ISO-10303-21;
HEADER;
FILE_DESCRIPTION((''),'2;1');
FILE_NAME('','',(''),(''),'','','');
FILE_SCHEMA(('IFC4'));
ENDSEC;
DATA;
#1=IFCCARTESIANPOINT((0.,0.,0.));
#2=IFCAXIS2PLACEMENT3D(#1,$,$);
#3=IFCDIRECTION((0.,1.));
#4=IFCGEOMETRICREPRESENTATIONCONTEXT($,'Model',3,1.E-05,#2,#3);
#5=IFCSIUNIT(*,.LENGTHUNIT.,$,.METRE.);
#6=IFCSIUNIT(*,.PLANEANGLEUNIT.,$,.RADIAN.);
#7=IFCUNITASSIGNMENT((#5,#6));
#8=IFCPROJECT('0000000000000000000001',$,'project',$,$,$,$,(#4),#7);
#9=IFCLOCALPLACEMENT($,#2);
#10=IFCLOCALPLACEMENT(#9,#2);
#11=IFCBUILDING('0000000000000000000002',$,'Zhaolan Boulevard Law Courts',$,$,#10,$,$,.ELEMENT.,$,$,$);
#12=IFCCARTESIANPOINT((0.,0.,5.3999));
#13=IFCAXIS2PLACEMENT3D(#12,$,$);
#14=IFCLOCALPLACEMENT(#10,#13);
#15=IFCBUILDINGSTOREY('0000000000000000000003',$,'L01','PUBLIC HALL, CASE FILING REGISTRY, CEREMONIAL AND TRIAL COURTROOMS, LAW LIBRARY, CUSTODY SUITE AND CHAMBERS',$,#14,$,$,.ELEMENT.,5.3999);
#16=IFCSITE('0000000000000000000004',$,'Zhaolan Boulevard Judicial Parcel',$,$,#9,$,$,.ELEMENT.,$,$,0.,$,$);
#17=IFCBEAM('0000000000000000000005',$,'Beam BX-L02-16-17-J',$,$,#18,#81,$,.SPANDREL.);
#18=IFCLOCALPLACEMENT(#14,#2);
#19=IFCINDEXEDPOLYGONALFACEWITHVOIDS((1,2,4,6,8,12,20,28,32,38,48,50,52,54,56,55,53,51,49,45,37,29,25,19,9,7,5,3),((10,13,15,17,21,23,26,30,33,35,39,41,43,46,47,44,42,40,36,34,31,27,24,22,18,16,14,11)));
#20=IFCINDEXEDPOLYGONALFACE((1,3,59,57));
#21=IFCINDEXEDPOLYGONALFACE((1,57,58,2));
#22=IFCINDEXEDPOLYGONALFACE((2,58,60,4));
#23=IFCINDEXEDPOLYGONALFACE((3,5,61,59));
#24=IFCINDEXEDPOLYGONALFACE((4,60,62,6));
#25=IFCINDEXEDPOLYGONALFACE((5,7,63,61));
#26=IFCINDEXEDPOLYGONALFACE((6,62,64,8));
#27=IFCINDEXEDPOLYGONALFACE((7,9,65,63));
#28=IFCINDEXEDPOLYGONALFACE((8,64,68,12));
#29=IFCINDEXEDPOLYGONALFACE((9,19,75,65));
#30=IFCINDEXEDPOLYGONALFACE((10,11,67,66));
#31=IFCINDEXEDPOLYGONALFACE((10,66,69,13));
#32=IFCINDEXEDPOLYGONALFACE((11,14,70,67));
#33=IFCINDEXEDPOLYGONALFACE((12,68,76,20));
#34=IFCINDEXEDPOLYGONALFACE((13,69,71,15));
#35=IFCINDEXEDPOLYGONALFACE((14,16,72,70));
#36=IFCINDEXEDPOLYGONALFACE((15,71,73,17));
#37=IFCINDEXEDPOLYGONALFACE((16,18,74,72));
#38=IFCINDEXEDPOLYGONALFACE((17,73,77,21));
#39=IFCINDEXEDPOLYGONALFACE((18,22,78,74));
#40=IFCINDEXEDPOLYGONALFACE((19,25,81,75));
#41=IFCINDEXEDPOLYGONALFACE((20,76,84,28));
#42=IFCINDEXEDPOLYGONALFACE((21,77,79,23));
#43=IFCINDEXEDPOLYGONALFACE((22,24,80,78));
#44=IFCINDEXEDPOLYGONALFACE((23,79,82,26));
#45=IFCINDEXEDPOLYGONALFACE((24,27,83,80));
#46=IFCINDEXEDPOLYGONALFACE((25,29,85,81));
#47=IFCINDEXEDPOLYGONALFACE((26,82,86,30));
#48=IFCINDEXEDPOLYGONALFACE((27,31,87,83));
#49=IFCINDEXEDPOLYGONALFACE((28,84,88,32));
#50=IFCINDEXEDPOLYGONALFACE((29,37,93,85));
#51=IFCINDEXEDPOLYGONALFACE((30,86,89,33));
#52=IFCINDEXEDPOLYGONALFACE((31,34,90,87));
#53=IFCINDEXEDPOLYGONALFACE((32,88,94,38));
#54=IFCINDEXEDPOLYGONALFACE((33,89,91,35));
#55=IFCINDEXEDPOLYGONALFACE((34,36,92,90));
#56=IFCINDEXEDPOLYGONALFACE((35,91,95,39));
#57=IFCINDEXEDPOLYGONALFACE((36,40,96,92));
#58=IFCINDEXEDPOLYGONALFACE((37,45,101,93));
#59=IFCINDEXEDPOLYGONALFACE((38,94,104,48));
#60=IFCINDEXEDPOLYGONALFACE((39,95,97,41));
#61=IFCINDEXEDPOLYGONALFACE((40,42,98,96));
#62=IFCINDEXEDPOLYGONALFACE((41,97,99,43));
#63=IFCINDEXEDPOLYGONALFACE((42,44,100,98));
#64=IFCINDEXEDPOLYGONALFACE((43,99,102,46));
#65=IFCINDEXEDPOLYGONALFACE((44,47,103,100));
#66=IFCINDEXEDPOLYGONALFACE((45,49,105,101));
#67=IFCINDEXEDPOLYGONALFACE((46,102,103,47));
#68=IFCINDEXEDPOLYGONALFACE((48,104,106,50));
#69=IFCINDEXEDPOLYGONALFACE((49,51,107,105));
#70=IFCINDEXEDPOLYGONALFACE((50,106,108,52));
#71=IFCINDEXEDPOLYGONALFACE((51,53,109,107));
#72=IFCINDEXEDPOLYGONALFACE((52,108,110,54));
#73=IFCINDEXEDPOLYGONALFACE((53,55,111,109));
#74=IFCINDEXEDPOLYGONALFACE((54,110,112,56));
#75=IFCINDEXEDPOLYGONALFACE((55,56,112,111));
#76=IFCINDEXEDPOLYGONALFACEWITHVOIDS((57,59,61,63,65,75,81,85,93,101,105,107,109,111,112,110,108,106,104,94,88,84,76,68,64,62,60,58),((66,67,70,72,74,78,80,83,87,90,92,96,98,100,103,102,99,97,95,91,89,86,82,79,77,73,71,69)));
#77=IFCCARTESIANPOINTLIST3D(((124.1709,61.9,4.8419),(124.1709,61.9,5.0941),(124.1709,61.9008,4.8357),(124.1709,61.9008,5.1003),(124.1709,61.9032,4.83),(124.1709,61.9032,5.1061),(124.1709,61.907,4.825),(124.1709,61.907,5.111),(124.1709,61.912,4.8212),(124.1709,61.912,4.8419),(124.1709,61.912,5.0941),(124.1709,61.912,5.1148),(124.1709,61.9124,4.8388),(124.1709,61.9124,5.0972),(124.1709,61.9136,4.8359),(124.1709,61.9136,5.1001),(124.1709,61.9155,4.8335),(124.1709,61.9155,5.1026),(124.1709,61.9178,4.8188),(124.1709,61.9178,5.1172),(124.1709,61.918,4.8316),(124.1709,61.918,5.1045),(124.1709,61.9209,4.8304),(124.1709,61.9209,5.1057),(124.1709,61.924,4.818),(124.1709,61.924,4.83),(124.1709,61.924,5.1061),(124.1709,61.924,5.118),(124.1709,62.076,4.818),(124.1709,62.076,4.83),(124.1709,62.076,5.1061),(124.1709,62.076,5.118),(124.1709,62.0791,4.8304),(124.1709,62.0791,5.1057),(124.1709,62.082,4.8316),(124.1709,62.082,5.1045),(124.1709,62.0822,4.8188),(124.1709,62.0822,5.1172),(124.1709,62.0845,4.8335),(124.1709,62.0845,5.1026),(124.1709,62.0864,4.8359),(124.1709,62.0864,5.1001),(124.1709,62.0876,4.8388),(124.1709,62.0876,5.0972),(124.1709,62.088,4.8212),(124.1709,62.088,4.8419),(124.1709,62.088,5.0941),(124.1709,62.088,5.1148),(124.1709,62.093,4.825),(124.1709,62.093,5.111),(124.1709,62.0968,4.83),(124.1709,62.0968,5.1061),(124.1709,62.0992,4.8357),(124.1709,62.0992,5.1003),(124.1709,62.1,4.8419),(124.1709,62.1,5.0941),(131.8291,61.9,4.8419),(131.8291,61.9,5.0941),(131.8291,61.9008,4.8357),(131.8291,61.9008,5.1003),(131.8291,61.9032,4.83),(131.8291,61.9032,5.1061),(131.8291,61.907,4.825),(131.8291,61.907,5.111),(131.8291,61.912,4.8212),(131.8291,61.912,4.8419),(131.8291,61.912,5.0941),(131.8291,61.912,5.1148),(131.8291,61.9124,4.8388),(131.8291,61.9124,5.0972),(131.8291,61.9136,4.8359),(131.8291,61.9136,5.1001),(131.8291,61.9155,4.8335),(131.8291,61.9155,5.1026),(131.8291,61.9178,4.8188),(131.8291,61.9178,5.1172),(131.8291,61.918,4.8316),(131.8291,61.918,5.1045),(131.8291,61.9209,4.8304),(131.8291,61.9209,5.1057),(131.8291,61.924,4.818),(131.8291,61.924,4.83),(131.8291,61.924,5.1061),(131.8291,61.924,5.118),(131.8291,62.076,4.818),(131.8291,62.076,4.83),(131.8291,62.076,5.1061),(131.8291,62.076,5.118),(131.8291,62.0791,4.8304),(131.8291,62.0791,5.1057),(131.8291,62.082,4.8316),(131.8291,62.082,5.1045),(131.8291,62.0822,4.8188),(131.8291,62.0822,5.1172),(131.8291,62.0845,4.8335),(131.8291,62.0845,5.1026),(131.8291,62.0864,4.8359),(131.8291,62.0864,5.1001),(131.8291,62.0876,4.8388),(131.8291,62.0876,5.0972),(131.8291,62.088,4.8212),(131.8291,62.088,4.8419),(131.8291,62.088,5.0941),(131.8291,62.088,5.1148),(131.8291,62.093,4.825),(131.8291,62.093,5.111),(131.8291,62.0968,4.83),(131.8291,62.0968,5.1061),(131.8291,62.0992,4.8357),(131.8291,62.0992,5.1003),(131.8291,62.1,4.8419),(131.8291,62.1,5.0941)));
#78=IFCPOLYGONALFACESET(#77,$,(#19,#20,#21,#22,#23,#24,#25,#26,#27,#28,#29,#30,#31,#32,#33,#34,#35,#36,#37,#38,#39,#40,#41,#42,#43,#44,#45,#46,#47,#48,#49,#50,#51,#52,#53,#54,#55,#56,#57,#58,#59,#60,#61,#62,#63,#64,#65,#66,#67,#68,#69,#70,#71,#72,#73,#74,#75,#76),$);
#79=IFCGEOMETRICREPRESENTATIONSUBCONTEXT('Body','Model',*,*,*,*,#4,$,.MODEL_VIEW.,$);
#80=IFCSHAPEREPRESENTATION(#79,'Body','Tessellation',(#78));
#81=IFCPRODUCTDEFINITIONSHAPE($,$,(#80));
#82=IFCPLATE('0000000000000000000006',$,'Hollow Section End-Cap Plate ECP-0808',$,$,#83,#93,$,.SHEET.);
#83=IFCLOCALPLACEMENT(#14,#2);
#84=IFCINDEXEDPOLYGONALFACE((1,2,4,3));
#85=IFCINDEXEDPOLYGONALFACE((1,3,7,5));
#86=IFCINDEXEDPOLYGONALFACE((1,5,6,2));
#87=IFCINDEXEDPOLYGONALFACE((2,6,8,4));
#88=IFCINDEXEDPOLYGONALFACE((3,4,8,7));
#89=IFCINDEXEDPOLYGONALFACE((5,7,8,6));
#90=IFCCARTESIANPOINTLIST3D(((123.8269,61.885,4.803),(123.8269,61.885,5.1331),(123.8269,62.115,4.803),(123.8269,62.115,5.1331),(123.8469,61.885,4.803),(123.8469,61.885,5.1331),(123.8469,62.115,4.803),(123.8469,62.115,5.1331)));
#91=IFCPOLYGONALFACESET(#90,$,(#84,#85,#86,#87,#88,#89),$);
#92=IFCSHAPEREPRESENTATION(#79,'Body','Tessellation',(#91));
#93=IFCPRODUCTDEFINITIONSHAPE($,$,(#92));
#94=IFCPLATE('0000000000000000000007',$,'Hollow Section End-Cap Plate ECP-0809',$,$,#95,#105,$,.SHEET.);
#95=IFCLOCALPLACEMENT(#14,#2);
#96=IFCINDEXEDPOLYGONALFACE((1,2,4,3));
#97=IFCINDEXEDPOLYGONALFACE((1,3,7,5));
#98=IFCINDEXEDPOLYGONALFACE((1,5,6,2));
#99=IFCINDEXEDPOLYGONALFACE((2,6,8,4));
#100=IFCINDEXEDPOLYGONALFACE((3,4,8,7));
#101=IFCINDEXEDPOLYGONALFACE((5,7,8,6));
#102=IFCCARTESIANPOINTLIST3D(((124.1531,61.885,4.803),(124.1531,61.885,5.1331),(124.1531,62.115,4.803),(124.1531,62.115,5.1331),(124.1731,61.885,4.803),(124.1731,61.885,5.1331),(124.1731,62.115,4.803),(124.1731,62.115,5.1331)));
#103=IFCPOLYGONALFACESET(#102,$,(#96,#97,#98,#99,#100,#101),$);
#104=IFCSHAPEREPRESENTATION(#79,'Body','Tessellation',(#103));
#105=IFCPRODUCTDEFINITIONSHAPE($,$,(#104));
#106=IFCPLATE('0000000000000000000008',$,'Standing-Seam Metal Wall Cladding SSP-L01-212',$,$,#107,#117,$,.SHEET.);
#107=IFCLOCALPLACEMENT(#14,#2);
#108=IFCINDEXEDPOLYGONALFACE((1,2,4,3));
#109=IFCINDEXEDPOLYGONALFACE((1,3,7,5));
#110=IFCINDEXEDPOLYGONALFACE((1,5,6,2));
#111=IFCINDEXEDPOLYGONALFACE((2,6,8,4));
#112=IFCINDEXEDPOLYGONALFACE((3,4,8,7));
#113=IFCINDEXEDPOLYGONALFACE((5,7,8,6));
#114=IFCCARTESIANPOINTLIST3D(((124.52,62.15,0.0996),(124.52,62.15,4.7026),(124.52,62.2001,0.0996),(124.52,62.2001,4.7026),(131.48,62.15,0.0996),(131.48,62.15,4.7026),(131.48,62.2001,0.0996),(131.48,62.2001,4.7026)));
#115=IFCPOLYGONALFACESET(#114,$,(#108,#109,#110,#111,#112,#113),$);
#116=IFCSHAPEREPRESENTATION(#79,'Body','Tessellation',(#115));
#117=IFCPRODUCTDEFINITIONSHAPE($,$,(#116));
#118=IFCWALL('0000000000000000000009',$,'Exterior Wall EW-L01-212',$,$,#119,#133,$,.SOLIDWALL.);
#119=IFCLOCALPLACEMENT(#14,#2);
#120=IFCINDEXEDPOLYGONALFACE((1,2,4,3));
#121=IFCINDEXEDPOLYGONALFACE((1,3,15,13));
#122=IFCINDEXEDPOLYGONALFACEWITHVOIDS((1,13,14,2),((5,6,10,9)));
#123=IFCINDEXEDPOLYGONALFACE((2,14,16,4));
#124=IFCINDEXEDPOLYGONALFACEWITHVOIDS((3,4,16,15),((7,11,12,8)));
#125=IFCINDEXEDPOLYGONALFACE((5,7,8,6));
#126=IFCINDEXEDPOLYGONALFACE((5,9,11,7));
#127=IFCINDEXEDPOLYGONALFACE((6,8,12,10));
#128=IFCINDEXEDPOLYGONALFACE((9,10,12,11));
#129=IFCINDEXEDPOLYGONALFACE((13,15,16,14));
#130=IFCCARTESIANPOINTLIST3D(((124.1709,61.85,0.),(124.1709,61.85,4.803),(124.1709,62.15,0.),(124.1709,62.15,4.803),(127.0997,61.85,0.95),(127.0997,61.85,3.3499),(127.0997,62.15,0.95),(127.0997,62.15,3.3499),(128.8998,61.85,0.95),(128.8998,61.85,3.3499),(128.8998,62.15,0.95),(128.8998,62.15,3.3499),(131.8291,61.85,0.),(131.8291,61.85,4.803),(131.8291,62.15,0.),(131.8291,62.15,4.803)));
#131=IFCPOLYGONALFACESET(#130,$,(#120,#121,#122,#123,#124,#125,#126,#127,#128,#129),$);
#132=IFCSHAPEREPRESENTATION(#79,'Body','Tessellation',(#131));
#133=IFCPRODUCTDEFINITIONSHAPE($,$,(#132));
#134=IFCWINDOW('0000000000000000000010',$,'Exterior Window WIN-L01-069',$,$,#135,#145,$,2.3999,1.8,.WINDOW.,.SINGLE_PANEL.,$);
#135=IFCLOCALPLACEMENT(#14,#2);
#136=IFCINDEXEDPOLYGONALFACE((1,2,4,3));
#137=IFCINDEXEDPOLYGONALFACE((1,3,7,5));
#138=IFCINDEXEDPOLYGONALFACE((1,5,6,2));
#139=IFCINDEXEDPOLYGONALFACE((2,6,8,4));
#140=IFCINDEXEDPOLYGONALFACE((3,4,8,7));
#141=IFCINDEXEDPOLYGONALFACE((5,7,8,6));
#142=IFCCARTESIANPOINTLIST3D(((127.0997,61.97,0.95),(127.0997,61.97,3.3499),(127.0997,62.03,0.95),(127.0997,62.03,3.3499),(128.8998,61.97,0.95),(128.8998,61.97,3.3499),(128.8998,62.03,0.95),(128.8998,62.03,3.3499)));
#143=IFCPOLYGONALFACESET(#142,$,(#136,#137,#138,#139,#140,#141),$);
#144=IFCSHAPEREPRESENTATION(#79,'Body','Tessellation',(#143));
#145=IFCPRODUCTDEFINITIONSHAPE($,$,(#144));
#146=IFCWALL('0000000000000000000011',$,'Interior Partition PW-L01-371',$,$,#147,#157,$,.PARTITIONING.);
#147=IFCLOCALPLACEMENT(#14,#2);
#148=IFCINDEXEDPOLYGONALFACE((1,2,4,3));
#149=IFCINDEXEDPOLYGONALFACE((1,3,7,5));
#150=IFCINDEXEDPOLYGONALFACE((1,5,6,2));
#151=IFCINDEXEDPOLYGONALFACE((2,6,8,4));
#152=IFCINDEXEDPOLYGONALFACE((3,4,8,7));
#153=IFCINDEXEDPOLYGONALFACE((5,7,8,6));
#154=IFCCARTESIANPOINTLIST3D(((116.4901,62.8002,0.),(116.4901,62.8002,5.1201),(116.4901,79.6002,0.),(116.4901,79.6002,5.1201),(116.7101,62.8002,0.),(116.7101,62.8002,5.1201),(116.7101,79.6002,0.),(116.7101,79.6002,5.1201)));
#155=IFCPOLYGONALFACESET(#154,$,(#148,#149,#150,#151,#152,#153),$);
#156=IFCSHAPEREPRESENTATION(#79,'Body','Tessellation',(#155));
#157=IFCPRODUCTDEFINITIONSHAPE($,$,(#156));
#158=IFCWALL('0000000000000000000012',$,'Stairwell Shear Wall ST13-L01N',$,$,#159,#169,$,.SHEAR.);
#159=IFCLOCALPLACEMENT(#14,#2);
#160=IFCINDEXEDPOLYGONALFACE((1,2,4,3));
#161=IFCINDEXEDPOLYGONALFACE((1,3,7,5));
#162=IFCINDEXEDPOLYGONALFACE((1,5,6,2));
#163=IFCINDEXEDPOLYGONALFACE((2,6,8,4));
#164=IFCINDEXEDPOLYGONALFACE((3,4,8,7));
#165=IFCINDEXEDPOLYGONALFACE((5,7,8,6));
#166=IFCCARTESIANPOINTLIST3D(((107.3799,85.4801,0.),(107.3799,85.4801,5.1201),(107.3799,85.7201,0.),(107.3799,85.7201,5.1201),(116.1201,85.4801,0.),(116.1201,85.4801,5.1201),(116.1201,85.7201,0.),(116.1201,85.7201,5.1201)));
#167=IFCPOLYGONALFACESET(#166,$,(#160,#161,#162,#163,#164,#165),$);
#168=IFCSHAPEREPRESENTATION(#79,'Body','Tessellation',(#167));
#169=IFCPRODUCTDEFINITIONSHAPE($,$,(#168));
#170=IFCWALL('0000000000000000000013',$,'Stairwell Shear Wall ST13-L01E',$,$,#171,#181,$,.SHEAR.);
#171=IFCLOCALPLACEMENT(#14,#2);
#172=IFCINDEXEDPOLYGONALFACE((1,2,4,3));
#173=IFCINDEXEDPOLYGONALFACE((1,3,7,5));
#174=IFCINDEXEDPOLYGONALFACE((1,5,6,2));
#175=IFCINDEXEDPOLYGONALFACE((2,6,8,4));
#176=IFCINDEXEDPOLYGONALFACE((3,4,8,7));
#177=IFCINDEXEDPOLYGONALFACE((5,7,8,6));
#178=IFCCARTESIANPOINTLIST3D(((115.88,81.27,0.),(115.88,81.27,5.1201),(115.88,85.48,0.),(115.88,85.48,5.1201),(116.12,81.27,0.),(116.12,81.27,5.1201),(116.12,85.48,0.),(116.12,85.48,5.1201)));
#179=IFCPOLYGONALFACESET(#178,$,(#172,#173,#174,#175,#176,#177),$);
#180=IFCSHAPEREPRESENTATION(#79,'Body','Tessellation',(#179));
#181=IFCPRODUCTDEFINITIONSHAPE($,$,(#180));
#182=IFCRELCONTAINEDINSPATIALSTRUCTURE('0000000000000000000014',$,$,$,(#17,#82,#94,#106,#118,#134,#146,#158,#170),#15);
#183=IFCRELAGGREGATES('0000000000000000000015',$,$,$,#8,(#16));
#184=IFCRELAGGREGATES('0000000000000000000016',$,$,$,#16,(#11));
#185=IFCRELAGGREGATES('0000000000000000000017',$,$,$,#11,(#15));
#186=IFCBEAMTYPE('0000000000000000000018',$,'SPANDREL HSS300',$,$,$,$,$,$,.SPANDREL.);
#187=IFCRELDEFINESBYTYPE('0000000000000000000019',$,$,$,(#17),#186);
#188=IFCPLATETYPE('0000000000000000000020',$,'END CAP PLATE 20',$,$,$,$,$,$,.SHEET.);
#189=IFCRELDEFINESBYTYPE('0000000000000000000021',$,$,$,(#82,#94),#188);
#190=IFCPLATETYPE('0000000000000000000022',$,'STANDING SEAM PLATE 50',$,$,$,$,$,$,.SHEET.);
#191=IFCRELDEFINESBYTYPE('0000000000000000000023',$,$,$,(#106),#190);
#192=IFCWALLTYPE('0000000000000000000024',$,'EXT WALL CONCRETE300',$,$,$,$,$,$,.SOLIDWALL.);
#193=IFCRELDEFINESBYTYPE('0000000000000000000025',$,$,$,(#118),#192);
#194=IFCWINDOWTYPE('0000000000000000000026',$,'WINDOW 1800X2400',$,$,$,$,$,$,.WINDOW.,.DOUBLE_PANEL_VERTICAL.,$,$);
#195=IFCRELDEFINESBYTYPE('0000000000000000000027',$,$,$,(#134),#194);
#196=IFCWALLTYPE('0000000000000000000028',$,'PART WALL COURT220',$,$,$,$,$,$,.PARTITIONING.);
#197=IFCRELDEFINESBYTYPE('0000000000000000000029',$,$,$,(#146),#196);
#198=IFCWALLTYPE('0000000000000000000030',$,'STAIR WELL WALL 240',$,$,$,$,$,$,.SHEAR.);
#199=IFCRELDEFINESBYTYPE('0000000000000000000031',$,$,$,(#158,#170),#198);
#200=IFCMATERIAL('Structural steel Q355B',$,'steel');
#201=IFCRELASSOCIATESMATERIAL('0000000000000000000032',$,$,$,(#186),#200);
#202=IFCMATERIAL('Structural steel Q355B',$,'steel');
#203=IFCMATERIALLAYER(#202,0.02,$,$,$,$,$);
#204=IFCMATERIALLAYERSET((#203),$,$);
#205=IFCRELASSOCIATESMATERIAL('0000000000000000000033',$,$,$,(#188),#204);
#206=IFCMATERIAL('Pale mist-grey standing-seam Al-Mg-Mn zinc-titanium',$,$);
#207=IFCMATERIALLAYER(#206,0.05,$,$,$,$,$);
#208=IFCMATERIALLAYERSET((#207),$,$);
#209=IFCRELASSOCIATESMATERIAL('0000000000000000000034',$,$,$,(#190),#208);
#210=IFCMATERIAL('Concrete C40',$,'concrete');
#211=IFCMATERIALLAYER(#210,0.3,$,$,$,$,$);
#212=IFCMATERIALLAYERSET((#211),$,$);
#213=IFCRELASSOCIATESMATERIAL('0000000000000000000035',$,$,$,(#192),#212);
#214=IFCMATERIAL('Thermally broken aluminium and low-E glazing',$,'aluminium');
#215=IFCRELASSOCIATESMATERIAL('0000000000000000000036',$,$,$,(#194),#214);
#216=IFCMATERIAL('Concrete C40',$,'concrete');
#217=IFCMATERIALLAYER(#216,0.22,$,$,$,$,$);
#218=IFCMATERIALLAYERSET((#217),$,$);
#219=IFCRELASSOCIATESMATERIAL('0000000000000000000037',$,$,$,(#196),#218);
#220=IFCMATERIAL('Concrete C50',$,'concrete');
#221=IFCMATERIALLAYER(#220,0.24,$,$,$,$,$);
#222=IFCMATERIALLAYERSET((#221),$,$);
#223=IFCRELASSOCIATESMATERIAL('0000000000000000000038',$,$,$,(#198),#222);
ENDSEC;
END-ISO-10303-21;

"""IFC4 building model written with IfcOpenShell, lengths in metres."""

from ifc_helpers import new_model, si_unit, direction, frame, frame_2d, origin, origin_2d, place, context, subcontext, project, spatial, rectangle, hollow_rectangle, extrude, material, layer, layer_set, material_profile, profile_set, type_object, element, fill, save


model = new_model("IFC4")

# Units and contexts
model_context = context("Model", 3, precision=1e-05, world=origin(), true_north=direction((0.0, 1.0)))
body_context = subcontext(model_context, "Body", "Model", "MODEL_VIEW")
ifc_project = project(units=[si_unit("LENGTHUNIT", "METRE"), si_unit("PLANEANGLEUNIT", "RADIAN")], contexts=[model_context])

# Site, building, storey
site_placement = place(None, origin())
site = spatial("IfcSite", under=ifc_project, at=site_placement, Name="Zhaolan Boulevard Judicial Parcel", CompositionType="ELEMENT", RefElevation=0.0)
building_placement = place(site_placement, origin())
building = spatial("IfcBuilding", under=site, at=building_placement, Name="Zhaolan Boulevard Law Courts", CompositionType="ELEMENT")
storey_placement = place(building_placement, frame((0.0, 0.0, 5.3999)))
storey = spatial("IfcBuildingStorey", under=building, at=storey_placement, Name="L01", Description="PUBLIC HALL, CASE FILING REGISTRY, CEREMONIAL AND TRIAL COURTROOMS, LAW LIBRARY, CUSTODY SUITE AND CHAMBERS", CompositionType="ELEMENT", Elevation=5.3999)

# Beam
ifc_material_1 = material(Name="Structural steel Q355B", Category="steel")
ifc_material_profile_1 = material_profile(ifc_material_1, hollow_rectangle(XDim=0.2, YDim=0.3, WallThickness=0.012, InnerFilletRadius=0.012, OuterFilletRadius=0.0239, at=origin_2d()), Name="HSS300x200x12")
ifc_profile_set_1 = profile_set([ifc_material_profile_1], Name="Structural steel Q355B")
beam_type_1 = type_object("IfcBeamType", Name="SPANDREL HSS300", PredefinedType="SPANDREL", material=ifc_profile_set_1)
beam_1_placement = place(storey_placement, frame((124.1709, 62.0, 4.968), z_axis=(1.0, 0.0, 0.0), x_axis=(0.0, 1.0, 0.0)))
element("IfcBeam", 1, at=beam_1_placement, inside=storey, type_object=beam_type_1, Name="Beam BX-L02-16-17-J", PredefinedType="SPANDREL", context=body_context, shape_type="SweptSolid", body=[
    extrude(hollow_rectangle(XDim=0.2, YDim=0.3, WallThickness=0.012, InnerFilletRadius=0.012, OuterFilletRadius=0.0239, at=origin_2d()), origin(), (0.0, 0.0, 1.0), 7.6582),
])

# Plates
ifc_material_2 = material(Name="Structural steel Q355B", Category="steel")
ifc_layer_1 = layer(ifc_material_2, 0.02)
ifc_layer_set_1 = layer_set([ifc_layer_1])
plate_type_1 = type_object("IfcPlateType", Name="END CAP PLATE 20", PredefinedType="SHEET", material=ifc_layer_set_1)
for number, where, z_axis, x_axis, name in (
    (2, (123.8369, 62.0, 4.803), (0.0, 0.0, 1.0), (1.0, 0.0, 0.0), "Hollow Section End-Cap Plate ECP-0808"),
    (3, (124.1631, 62.0, 4.803), (0.0, 0.0, 1.0), (1.0, 0.0, 0.0), "Hollow Section End-Cap Plate ECP-0809"),
):
    element("IfcPlate", number, at=place(storey_placement, frame(where, z_axis=z_axis, x_axis=x_axis)), inside=storey, type_object=plate_type_1, Name=name, PredefinedType="SHEET", context=body_context, shape_type="SweptSolid", body=[
        extrude(rectangle(XDim=0.02, YDim=0.23, at=origin_2d()), origin(), (0.0, 0.0, 1.0), 0.3301),
    ])
ifc_material_3 = material(Name="Pale mist-grey standing-seam Al-Mg-Mn zinc-titanium")
ifc_layer_2 = layer(ifc_material_3, 0.05)
ifc_layer_set_2 = layer_set([ifc_layer_2])
plate_type_2 = type_object("IfcPlateType", Name="STANDING SEAM PLATE 50", PredefinedType="SHEET", material=ifc_layer_set_2)
plate_placement = place(storey_placement, frame((128.0, 62.175, 0.0996), z_axis=(0.0, 0.0, 1.0), x_axis=(1.0, 0.0, 0.0)))
element("IfcPlate", 4, at=plate_placement, inside=storey, type_object=plate_type_2, Name="Standing-Seam Metal Wall Cladding SSP-L01-212", PredefinedType="SHEET", context=body_context, shape_type="SweptSolid", body=[
    extrude(rectangle(XDim=6.96, YDim=0.05, at=origin_2d()), origin(), (0.0, 0.0, 1.0), 4.603),
])

# Wall, opening, window
ifc_material_4 = material(Name="Concrete C40", Category="concrete")
ifc_layer_3 = layer(ifc_material_4, 0.3)
ifc_layer_set_3 = layer_set([ifc_layer_3])
wall_type_1 = type_object("IfcWallType", Name="EXT WALL CONCRETE300", PredefinedType="SOLIDWALL", material=ifc_layer_set_3)
wall_1_placement = place(storey_placement, frame((124.1709, 62.0, 0.0), z_axis=(0.0, 0.0, 1.0), x_axis=(1.0, 0.0, 0.0)))
wall_1 = element("IfcWall", 5, at=wall_1_placement, inside=storey, type_object=wall_type_1, Name="Exterior Wall EW-L01-212", PredefinedType="SOLIDWALL", context=body_context, shape_type="SweptSolid", body=[
    extrude(rectangle(XDim=7.6582, YDim=0.3, at=frame_2d((3.8291, 0.0))), origin(), (0.0, 0.0, 1.0), 4.803),
])
opening_placement = place(wall_1_placement, frame((2.929, 0.0, 0.95)))
opening = element("IfcOpeningElement", 6, at=opening_placement, cuts=wall_1, PredefinedType="OPENING", context=body_context, shape_type="SweptSolid", body=[
    extrude(rectangle(XDim=1.8, YDim=2.3999, at=frame_2d((0.8999, 1.2))), frame((0.0, 0.1599, 0.0), z_axis=(0.0, -1.0, 0.0), x_axis=(1.0, 0.0, 0.0)), (0.0, 0.0, 1.0), 0.3201),
])
ifc_material_5 = material(Name="Thermally broken aluminium and low-E glazing", Category="aluminium")
window_type = type_object("IfcWindowType", Name="WINDOW 1800X2400", PartitioningType="DOUBLE_PANEL_VERTICAL", PredefinedType="WINDOW", material=ifc_material_5)
window_placement = place(opening_placement, origin())
window = element("IfcWindow", 7, at=window_placement, inside=storey, type_object=window_type, Name="Exterior Window WIN-L01-069", OverallHeight=2.3999, OverallWidth=1.8, PartitioningType="SINGLE_PANEL", PredefinedType="WINDOW", context=body_context, shape_type="SweptSolid", body=[
    extrude(rectangle(XDim=1.8, YDim=2.3999, at=frame_2d((0.8999, 1.2))), frame((0.0, 0.03, 0.0), z_axis=(0.0, -1.0, 0.0), x_axis=(1.0, 0.0, 0.0)), (0.0, 0.0, 1.0), 0.0601),
])
fill(opening, window)

# Walls
ifc_material_6 = material(Name="Concrete C40", Category="concrete")
ifc_layer_4 = layer(ifc_material_6, 0.22)
ifc_layer_set_4 = layer_set([ifc_layer_4])
wall_type_2 = type_object("IfcWallType", Name="PART WALL COURT220", PredefinedType="PARTITIONING", material=ifc_layer_set_4)
wall_2_placement = place(storey_placement, frame((116.6001, 79.6001, 0.0), z_axis=(0.0, 0.0, 1.0), x_axis=(0.0, -1.0, 0.0)))
element("IfcWall", 8, at=wall_2_placement, inside=storey, type_object=wall_type_2, Name="Interior Partition PW-L01-371", PredefinedType="PARTITIONING", context=body_context, shape_type="SweptSolid", body=[
    extrude(rectangle(XDim=16.8, YDim=0.22, at=frame_2d((8.3999, 0.0))), origin(), (0.0, 0.0, 1.0), 5.1201),
])
ifc_material_7 = material(Name="Concrete C50", Category="concrete")
ifc_layer_5 = layer(ifc_material_7, 0.24)
ifc_layer_set_5 = layer_set([ifc_layer_5])
wall_type_3 = type_object("IfcWallType", Name="STAIR WELL WALL 240", PredefinedType="SHEAR", material=ifc_layer_set_5)
wall_3_placement = place(storey_placement, frame((116.1201, 85.6001, 0.0), z_axis=(0.0, 0.0, 1.0), x_axis=(-1.0, 0.0, 0.0)))
element("IfcWall", 9, at=wall_3_placement, inside=storey, type_object=wall_type_3, Name="Stairwell Shear Wall ST13-L01N", PredefinedType="SHEAR", context=body_context, shape_type="SweptSolid", body=[
    extrude(rectangle(XDim=8.7402, YDim=0.24, at=frame_2d((4.3701, 0.0))), origin(), (0.0, 0.0, 1.0), 5.1201),
])
wall_4_placement = place(storey_placement, frame((116.0, 81.27, 0.0), z_axis=(0.0, 0.0, 1.0), x_axis=(0.0, 1.0, 0.0)))
element("IfcWall", 10, at=wall_4_placement, inside=storey, type_object=wall_type_3, Name="Stairwell Shear Wall ST13-L01E", PredefinedType="SHEAR", context=body_context, shape_type="SweptSolid", body=[
    extrude(rectangle(XDim=4.21, YDim=0.24, at=frame_2d((2.105, 0.0))), origin(), (0.0, 0.0, 1.0), 5.1201),
])

save(model, "model.ifc")
